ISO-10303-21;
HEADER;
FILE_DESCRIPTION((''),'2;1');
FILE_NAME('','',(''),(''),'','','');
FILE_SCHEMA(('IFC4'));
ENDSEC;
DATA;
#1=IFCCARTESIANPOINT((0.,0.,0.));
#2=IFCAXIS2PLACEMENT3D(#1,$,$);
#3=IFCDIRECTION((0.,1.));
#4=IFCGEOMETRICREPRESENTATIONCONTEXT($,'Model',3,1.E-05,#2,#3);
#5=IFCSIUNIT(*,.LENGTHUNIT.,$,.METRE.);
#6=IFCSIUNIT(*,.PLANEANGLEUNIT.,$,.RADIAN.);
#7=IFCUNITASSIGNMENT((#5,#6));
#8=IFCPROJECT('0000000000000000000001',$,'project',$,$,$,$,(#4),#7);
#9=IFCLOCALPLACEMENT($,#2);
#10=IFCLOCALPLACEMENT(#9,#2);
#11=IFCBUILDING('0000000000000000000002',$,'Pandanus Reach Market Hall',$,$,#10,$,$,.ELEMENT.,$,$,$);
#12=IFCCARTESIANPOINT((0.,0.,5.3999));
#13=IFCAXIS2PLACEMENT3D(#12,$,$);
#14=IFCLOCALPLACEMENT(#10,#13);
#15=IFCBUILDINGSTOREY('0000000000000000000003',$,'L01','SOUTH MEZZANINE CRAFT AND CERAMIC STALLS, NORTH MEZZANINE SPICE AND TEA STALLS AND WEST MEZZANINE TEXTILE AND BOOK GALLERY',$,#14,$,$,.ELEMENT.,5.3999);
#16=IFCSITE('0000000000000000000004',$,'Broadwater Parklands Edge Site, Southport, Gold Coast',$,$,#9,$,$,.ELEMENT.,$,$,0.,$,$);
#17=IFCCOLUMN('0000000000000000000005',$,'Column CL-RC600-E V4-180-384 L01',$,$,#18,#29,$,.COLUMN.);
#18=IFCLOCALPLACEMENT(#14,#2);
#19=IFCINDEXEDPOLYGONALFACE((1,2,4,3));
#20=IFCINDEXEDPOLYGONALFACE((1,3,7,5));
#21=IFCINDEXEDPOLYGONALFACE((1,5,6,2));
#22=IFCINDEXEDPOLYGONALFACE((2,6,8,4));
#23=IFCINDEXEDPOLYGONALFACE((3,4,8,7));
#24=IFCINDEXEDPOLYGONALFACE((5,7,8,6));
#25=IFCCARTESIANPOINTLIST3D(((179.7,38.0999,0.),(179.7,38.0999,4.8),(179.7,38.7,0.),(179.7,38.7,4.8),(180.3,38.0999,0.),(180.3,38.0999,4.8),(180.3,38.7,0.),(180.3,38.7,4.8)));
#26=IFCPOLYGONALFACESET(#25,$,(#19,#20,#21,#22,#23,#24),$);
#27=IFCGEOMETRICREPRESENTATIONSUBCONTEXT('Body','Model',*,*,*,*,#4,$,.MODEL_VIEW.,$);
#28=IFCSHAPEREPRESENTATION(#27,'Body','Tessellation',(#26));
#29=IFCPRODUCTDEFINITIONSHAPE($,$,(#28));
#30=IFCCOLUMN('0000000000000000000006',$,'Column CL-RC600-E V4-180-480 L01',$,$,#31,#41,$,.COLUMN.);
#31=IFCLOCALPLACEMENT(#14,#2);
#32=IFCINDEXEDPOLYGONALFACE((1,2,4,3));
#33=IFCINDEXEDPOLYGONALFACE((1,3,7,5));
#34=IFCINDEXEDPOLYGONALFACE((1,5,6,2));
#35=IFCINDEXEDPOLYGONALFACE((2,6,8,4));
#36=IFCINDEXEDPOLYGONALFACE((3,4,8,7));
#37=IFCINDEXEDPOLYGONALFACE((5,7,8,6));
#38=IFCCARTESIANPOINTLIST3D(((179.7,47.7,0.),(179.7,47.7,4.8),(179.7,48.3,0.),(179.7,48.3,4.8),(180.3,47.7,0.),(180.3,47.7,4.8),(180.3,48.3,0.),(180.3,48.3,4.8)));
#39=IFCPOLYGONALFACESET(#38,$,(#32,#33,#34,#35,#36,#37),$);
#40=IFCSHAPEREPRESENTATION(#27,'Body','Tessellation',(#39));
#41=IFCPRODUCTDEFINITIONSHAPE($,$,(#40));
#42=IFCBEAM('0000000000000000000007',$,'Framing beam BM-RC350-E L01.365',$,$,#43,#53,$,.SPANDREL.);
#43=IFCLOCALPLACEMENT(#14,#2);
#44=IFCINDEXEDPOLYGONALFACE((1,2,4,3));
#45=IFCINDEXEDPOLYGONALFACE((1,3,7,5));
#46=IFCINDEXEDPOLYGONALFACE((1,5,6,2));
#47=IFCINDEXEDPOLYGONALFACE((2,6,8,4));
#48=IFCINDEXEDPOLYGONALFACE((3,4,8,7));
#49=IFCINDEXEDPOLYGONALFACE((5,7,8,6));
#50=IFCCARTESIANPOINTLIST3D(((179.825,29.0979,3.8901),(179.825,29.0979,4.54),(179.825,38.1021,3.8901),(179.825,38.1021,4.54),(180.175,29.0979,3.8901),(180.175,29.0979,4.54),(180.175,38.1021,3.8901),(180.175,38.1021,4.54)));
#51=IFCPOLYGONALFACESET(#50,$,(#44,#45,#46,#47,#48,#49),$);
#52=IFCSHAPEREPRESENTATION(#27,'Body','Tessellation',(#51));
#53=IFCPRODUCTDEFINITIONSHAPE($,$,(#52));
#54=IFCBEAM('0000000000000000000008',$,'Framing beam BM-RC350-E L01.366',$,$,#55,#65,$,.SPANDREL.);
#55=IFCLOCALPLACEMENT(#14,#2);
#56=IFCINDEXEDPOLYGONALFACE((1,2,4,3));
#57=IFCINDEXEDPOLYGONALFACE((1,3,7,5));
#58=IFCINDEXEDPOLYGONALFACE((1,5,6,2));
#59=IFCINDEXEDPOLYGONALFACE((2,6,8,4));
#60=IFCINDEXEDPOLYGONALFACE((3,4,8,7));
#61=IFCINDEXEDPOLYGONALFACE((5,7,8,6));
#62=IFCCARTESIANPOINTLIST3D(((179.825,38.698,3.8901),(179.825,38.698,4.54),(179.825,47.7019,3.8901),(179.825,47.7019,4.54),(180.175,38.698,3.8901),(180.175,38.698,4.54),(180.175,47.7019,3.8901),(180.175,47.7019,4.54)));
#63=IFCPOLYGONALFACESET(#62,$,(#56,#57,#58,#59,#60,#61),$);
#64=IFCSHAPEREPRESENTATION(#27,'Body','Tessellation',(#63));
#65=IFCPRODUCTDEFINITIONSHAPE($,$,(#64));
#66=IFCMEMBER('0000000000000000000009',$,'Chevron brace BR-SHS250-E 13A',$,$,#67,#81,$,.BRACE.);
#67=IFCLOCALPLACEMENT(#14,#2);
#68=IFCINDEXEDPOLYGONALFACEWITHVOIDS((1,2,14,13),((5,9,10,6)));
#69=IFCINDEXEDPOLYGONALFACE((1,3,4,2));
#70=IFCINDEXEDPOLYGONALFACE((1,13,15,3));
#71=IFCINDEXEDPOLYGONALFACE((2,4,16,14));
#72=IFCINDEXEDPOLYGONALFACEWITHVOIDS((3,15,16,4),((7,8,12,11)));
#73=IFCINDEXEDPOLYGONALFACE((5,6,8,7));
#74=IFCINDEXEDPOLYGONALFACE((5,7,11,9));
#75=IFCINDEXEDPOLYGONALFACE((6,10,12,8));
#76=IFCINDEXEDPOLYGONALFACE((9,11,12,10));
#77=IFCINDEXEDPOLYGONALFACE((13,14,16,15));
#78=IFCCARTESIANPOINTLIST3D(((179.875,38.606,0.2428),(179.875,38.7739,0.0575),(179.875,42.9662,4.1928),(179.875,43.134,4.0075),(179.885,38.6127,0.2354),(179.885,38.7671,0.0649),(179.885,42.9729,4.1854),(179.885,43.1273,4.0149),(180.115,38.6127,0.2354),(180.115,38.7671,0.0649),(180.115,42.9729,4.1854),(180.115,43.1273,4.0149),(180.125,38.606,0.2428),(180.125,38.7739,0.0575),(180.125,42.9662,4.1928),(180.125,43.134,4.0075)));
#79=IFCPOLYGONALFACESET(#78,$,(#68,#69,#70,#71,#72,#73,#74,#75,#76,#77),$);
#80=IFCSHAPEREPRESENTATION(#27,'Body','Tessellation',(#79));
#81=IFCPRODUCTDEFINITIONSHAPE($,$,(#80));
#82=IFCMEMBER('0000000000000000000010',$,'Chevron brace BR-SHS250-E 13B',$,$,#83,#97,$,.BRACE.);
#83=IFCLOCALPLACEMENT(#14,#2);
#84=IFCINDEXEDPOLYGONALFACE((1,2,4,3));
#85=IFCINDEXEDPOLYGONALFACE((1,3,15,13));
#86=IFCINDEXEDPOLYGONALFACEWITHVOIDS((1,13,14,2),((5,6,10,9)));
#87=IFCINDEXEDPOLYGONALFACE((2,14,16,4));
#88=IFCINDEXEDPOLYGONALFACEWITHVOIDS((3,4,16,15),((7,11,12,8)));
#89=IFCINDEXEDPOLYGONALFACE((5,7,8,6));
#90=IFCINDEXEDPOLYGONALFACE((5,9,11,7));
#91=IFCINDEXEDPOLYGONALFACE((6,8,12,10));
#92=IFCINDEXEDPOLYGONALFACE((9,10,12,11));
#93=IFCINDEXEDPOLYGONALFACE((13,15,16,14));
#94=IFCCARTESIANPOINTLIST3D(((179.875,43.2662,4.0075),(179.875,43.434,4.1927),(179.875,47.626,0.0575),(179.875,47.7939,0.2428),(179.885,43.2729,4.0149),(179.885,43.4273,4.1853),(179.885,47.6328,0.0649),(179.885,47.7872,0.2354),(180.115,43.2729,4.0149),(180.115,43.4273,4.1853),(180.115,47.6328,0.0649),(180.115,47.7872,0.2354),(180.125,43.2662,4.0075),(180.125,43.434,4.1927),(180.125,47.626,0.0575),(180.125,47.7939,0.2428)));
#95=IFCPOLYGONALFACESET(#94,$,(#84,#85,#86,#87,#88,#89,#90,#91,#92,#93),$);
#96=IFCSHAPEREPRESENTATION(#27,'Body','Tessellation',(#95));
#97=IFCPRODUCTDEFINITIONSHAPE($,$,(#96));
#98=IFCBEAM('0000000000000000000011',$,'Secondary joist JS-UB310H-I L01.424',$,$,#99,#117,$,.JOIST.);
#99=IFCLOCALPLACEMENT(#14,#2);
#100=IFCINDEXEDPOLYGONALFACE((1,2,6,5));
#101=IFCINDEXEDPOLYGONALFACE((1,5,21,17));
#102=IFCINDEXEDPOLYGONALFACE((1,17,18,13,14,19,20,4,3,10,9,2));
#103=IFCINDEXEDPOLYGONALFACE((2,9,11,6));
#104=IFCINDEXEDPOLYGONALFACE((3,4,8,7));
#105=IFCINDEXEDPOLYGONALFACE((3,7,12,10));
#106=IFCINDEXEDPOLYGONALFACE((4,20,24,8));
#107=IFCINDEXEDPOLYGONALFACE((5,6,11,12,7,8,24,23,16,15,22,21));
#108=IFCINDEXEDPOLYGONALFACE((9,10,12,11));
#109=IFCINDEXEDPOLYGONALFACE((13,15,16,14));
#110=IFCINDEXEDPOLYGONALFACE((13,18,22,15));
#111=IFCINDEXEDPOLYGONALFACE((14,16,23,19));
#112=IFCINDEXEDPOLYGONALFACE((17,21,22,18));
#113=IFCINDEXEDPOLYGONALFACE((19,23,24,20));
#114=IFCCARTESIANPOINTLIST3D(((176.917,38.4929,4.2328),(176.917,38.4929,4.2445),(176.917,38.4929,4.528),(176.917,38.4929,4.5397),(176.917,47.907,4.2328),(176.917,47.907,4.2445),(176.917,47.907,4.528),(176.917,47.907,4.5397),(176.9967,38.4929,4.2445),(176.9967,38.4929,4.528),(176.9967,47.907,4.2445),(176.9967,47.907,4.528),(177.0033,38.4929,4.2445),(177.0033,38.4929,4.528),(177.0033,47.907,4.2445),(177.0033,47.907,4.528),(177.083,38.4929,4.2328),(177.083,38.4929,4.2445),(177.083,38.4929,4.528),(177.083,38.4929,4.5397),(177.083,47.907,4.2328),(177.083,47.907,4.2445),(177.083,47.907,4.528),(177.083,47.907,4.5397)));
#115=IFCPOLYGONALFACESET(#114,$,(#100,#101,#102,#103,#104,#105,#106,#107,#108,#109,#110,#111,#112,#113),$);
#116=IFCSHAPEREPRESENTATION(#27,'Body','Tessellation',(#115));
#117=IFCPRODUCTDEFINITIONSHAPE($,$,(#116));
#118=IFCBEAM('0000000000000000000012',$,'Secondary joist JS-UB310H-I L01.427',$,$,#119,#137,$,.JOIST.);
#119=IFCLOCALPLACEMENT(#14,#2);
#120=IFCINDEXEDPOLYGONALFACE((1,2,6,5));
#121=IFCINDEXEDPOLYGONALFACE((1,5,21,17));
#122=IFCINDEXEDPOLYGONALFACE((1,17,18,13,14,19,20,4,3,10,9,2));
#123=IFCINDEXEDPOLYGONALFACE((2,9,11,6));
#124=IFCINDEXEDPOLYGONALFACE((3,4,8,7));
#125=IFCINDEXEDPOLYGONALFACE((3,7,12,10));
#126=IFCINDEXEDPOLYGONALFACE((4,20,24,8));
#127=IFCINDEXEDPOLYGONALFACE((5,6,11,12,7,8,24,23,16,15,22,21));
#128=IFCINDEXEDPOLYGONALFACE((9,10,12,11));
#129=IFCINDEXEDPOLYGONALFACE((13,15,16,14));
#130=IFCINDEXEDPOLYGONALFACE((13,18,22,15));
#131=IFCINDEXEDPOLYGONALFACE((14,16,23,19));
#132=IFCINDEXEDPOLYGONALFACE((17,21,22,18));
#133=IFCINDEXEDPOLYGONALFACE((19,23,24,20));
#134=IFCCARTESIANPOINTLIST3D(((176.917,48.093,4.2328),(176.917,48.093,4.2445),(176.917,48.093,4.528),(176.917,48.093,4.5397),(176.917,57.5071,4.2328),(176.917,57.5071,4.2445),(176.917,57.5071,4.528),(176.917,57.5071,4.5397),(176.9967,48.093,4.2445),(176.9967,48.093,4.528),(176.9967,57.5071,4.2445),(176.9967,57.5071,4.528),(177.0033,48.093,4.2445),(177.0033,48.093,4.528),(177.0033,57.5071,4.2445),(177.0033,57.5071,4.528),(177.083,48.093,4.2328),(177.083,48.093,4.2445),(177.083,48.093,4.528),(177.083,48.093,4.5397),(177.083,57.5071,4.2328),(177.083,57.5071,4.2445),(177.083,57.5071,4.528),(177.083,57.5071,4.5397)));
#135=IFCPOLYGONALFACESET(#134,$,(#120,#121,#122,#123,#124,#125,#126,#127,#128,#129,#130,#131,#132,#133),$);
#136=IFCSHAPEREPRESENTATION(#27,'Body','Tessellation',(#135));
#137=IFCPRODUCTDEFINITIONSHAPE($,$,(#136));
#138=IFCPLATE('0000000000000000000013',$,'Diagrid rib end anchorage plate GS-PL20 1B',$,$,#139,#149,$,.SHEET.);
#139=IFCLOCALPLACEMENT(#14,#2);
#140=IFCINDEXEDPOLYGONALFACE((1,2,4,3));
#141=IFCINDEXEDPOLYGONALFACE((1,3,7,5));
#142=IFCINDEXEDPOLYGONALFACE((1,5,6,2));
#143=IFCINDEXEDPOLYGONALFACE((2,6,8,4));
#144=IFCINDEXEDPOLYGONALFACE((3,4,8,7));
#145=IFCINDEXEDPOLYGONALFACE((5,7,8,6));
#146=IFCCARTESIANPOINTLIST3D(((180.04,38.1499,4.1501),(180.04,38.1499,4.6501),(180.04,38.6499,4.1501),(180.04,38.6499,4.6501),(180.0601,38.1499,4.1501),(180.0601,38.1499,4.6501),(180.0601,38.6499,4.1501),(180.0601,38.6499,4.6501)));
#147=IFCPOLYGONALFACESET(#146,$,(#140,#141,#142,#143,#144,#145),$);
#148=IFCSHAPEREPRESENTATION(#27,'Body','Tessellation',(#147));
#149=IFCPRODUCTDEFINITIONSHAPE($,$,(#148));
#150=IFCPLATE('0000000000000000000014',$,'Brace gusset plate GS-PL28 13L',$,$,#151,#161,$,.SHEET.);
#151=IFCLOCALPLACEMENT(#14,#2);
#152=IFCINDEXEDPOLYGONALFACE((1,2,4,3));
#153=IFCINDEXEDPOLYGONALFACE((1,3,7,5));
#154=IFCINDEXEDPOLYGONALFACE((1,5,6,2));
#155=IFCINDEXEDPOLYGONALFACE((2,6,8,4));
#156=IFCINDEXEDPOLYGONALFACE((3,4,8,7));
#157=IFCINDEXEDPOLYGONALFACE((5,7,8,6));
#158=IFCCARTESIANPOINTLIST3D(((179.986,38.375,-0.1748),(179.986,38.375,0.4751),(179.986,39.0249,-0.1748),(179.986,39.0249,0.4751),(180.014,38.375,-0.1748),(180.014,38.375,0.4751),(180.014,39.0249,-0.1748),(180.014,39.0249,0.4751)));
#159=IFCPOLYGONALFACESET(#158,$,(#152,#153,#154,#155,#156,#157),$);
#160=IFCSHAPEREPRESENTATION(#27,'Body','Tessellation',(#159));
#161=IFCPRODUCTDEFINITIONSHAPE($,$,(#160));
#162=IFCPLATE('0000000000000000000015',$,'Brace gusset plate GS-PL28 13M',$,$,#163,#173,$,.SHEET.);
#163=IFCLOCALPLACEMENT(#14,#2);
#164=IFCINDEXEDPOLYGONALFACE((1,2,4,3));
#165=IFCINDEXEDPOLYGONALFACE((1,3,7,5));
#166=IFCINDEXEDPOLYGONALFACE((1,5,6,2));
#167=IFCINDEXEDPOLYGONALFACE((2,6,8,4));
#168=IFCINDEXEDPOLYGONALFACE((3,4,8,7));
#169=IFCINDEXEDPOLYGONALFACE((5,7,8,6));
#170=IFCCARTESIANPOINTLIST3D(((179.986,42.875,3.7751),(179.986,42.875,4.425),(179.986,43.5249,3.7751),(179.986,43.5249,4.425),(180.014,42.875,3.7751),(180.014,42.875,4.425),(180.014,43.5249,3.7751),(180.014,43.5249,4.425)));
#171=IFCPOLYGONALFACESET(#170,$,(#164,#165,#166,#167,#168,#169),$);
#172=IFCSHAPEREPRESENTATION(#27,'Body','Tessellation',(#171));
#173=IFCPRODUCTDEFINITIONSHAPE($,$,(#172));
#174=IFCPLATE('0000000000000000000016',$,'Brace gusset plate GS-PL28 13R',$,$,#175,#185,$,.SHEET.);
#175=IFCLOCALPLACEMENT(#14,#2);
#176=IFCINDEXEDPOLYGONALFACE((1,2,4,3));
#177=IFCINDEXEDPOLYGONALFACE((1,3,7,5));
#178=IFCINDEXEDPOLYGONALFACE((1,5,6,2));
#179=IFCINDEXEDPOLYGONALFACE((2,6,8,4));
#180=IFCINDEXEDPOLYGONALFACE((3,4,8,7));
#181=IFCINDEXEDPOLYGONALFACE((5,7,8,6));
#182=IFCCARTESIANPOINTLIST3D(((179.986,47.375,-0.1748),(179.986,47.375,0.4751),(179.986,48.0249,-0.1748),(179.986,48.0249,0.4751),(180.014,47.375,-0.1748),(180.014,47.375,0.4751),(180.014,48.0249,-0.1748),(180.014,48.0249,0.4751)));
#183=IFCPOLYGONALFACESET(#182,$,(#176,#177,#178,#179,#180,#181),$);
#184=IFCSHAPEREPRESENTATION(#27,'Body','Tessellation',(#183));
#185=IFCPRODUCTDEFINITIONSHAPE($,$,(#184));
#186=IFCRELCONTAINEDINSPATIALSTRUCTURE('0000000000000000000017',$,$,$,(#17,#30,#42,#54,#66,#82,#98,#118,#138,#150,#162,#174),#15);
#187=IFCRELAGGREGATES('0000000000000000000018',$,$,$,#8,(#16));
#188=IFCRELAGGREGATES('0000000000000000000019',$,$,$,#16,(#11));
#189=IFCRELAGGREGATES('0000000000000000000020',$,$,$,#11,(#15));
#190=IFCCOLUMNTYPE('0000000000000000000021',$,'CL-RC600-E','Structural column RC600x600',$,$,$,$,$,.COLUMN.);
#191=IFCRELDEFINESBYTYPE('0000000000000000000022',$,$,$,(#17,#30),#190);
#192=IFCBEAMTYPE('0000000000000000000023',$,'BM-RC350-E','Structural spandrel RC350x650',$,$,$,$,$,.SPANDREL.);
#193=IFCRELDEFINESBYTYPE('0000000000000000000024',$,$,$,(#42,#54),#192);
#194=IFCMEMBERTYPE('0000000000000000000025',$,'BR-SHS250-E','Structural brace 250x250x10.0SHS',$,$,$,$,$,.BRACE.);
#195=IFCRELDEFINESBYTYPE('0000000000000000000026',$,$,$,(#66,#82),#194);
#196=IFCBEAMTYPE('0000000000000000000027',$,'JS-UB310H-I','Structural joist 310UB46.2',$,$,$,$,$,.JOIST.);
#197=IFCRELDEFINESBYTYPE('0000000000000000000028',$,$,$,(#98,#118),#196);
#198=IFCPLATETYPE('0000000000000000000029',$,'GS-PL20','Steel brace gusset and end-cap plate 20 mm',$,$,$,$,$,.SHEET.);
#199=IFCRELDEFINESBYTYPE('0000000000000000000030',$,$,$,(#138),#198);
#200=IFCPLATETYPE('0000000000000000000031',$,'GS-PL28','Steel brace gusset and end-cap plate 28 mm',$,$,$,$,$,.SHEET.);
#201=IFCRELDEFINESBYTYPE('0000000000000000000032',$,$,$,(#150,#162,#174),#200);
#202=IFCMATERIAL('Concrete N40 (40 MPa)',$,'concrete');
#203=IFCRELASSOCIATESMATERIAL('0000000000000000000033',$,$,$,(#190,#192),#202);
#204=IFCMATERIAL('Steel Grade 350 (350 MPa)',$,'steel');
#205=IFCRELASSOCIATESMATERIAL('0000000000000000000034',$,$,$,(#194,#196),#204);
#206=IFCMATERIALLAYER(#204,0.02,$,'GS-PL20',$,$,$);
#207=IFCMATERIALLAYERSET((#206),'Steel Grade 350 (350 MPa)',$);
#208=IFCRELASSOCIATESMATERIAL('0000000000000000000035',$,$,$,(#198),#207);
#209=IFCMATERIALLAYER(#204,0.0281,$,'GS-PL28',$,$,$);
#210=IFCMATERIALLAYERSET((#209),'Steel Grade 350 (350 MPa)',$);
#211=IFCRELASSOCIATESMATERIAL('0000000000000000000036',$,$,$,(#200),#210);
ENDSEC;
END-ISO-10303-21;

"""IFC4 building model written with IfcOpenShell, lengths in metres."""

from ifc_helpers import new_model, si_unit, direction, frame, origin, origin_2d, place, context, subcontext, project, spatial, rectangle, hollow_rectangle, i_section, extrude, material, layer, layer_set, material_profile, profile_set, type_object, element, save


model = new_model("IFC4")

# Units and contexts
model_context = context("Model", 3, precision=1e-05, world=origin(), true_north=direction((0.0, 1.0)))
body_context = subcontext(model_context, "Body", "Model", "MODEL_VIEW")
ifc_project = project(units=[si_unit("LENGTHUNIT", "METRE"), si_unit("PLANEANGLEUNIT", "RADIAN")], contexts=[model_context])

# Site, building, storey
site_placement = place(None, origin())
site = spatial("IfcSite", under=ifc_project, at=site_placement, Name="Broadwater Parklands Edge Site, Southport, Gold Coast", CompositionType="ELEMENT", RefElevation=0.0)
building_placement = place(site_placement, origin())
building = spatial("IfcBuilding", under=site, at=building_placement, Name="Pandanus Reach Market Hall", CompositionType="ELEMENT")
storey_placement = place(building_placement, frame((0.0, 0.0, 5.3999)))
storey = spatial("IfcBuildingStorey", under=building, at=storey_placement, Name="L01", Description="SOUTH MEZZANINE CRAFT AND CERAMIC STALLS, NORTH MEZZANINE SPICE AND TEA STALLS AND WEST MEZZANINE TEXTILE AND BOOK GALLERY", CompositionType="ELEMENT", Elevation=5.3999)

# Columns
ifc_material_1 = material(Name="Concrete N40 (40 MPa)", Category="concrete")
ifc_material_profile_1 = material_profile(ifc_material_1, rectangle(XDim=0.6001, YDim=0.6001, at=origin_2d()), Name="RC600x600", Category="LoadBearing")
ifc_profile_set_1 = profile_set([ifc_material_profile_1], Name="Concrete N40 (40 MPa)")
column_type = type_object("IfcColumnType", Name="CL-RC600-E", Description="Structural column RC600x600", PredefinedType="COLUMN", material=ifc_profile_set_1)
for number, where, z_axis, x_axis, name in (
    (1, (180.0, 38.3999, 0.0), (0.0, 0.0, 1.0), (1.0, 0.0, 0.0), "Column CL-RC600-E V4-180-384 L01"),
    (2, (180.0, 48.0, 0.0), (0.0, 0.0, 1.0), (1.0, 0.0, 0.0), "Column CL-RC600-E V4-180-480 L01"),
):
    element("IfcColumn", number, at=place(storey_placement, frame(where, z_axis=z_axis, x_axis=x_axis)), inside=storey, type_object=column_type, Name=name, PredefinedType="COLUMN", context=body_context, shape_type="SweptSolid", body=[
        extrude(rectangle(XDim=0.6001, YDim=0.6001, at=origin_2d()), origin(), (0.0, 0.0, 1.0), 4.8),
    ])

# Beams
ifc_material_profile_2 = material_profile(ifc_material_1, rectangle(XDim=0.3501, YDim=0.6499, at=origin_2d()), Name="RC350x650", Category="LoadBearing")
ifc_profile_set_2 = profile_set([ifc_material_profile_2], Name="Concrete N40 (40 MPa)")
beam_type_1 = type_object("IfcBeamType", Name="BM-RC350-E", Description="Structural spandrel RC350x650", PredefinedType="SPANDREL", material=ifc_profile_set_2)
beam_1_placement = place(storey_placement, frame((180.0, 29.0979, 4.2151), z_axis=(0.0, 1.0, 0.0), x_axis=(-1.0, 0.0, 0.0)))
element("IfcBeam", 3, at=beam_1_placement, inside=storey, type_object=beam_type_1, Name="Framing beam BM-RC350-E L01.365", PredefinedType="SPANDREL", context=body_context, shape_type="SweptSolid", body=[
    extrude(rectangle(XDim=0.3501, YDim=0.6499, at=origin_2d()), origin(), (0.0, 0.0, 1.0), 9.0042),
])
beam_2_placement = place(storey_placement, frame((180.0, 38.698, 4.2151), z_axis=(0.0, 1.0, 0.0), x_axis=(-1.0, 0.0, 0.0)))
element("IfcBeam", 4, at=beam_2_placement, inside=storey, type_object=beam_type_1, Name="Framing beam BM-RC350-E L01.366", PredefinedType="SPANDREL", context=body_context, shape_type="SweptSolid", body=[
    extrude(rectangle(XDim=0.3501, YDim=0.6499, at=origin_2d()), origin(), (0.0, 0.0, 1.0), 9.0039),
])

# Members
ifc_material_2 = material(Name="Steel Grade 350 (350 MPa)", Category="steel")
ifc_material_profile_3 = material_profile(ifc_material_2, hollow_rectangle(XDim=0.25, YDim=0.25, WallThickness=0.01, at=origin_2d()), Name="250x250x10.0SHS", Category="LoadBearing")
ifc_profile_set_3 = profile_set([ifc_material_profile_3], Name="Steel Grade 350 (350 MPa)")
member_type = type_object("IfcMemberType", Name="BR-SHS250-E", Description="Structural brace 250x250x10.0SHS", PredefinedType="BRACE", material=ifc_profile_set_3)
member_1_placement = place(storey_placement, frame((180.0, 38.6899, 0.1501), z_axis=(0.0, 0.741105, 0.671389), x_axis=(-1.0, 0.0, 0.0)))
element("IfcMember", 5, at=member_1_placement, inside=storey, type_object=member_type, Name="Chevron brace BR-SHS250-E 13A", PredefinedType="BRACE", context=body_context, shape_type="SweptSolid", body=[
    extrude(hollow_rectangle(XDim=0.25, YDim=0.25, WallThickness=0.01, at=origin_2d()), origin(), (0.0, 0.0, 1.0), 5.8833),
])
member_2_placement = place(storey_placement, frame((180.0, 47.71, 0.1501), z_axis=(0.0, -0.741086, 0.67141), x_axis=(1.0, 0.0, 0.0)))
element("IfcMember", 6, at=member_2_placement, inside=storey, type_object=member_type, Name="Chevron brace BR-SHS250-E 13B", PredefinedType="BRACE", context=body_context, shape_type="SweptSolid", body=[
    extrude(hollow_rectangle(XDim=0.25, YDim=0.25, WallThickness=0.01, at=origin_2d()), origin(), (0.0, 0.0, 1.0), 5.8831),
])

# Beams
ifc_material_profile_4 = material_profile(ifc_material_2, i_section(OverallWidth=0.166, OverallDepth=0.3069, WebThickness=0.0066, FlangeThickness=0.0117, at=origin_2d()), Name="310UB46.2", Category="LoadBearing")
ifc_profile_set_4 = profile_set([ifc_material_profile_4], Name="Steel Grade 350 (350 MPa)")
beam_type_2 = type_object("IfcBeamType", Name="JS-UB310H-I", Description="Structural joist 310UB46.2", PredefinedType="JOIST", material=ifc_profile_set_4)
for number, where, z_axis, x_axis, name in (
    (7, (177.0, 38.4929, 4.3862), (0.0, 1.0, 0.0), (-1.0, 0.0, 0.0), "Secondary joist JS-UB310H-I L01.424"),
    (8, (177.0, 48.093, 4.3862), (0.0, 1.0, 0.0), (-1.0, 0.0, 0.0), "Secondary joist JS-UB310H-I L01.427"),
):
    element("IfcBeam", number, at=place(storey_placement, frame(where, z_axis=z_axis, x_axis=x_axis)), inside=storey, type_object=beam_type_2, Name=name, PredefinedType="JOIST", context=body_context, shape_type="SweptSolid", body=[
        extrude(i_section(OverallWidth=0.166, OverallDepth=0.3069, WebThickness=0.0066, FlangeThickness=0.0117, at=origin_2d()), origin(), (0.0, 0.0, 1.0), 9.4141),
    ])

# Plates
ifc_layer_1 = layer(ifc_material_2, 0.02, Name="GS-PL20")
ifc_layer_set_1 = layer_set([ifc_layer_1], Name="Steel Grade 350 (350 MPa)")
plate_type_1 = type_object("IfcPlateType", Name="GS-PL20", Description="Steel brace gusset and end-cap plate 20 mm", PredefinedType="SHEET", material=ifc_layer_set_1)
plate_placement = place(storey_placement, frame((180.05, 38.3999, 4.1501), z_axis=(0.0, 0.0, 1.0), x_axis=(1.0, 0.0, 0.0)))
element("IfcPlate", 9, at=plate_placement, inside=storey, type_object=plate_type_1, Name="Diagrid rib end anchorage plate GS-PL20 1B", PredefinedType="SHEET", context=body_context, shape_type="SweptSolid", body=[
    extrude(rectangle(XDim=0.02, YDim=0.5, at=origin_2d()), origin(), (0.0, 0.0, 1.0), 0.5),
])
ifc_layer_2 = layer(ifc_material_2, 0.0281, Name="GS-PL28")
ifc_layer_set_2 = layer_set([ifc_layer_2], Name="Steel Grade 350 (350 MPa)")
plate_type_2 = type_object("IfcPlateType", Name="GS-PL28", Description="Steel brace gusset and end-cap plate 28 mm", PredefinedType="SHEET", material=ifc_layer_set_2)
for number, where, z_axis, x_axis, name in (
    (10, (180.0, 38.7, -0.1748), (0.0, 0.0, 1.0), (0.0, 1.0, 0.0), "Brace gusset plate GS-PL28 13L"),
    (11, (180.0, 43.2, 3.7751), (0.0, 0.0, 1.0), (0.0, 1.0, 0.0), "Brace gusset plate GS-PL28 13M"),
    (12, (180.0, 47.7, -0.1748), (0.0, 0.0, 1.0), (0.0, 1.0, 0.0), "Brace gusset plate GS-PL28 13R"),
):
    element("IfcPlate", number, at=place(storey_placement, frame(where, z_axis=z_axis, x_axis=x_axis)), inside=storey, type_object=plate_type_2, Name=name, PredefinedType="SHEET", context=body_context, shape_type="SweptSolid", body=[
        extrude(rectangle(XDim=0.6499, YDim=0.0281, at=origin_2d()), origin(), (0.0, 0.0, 1.0), 0.6499),
    ])

save(model, "model.ifc")
